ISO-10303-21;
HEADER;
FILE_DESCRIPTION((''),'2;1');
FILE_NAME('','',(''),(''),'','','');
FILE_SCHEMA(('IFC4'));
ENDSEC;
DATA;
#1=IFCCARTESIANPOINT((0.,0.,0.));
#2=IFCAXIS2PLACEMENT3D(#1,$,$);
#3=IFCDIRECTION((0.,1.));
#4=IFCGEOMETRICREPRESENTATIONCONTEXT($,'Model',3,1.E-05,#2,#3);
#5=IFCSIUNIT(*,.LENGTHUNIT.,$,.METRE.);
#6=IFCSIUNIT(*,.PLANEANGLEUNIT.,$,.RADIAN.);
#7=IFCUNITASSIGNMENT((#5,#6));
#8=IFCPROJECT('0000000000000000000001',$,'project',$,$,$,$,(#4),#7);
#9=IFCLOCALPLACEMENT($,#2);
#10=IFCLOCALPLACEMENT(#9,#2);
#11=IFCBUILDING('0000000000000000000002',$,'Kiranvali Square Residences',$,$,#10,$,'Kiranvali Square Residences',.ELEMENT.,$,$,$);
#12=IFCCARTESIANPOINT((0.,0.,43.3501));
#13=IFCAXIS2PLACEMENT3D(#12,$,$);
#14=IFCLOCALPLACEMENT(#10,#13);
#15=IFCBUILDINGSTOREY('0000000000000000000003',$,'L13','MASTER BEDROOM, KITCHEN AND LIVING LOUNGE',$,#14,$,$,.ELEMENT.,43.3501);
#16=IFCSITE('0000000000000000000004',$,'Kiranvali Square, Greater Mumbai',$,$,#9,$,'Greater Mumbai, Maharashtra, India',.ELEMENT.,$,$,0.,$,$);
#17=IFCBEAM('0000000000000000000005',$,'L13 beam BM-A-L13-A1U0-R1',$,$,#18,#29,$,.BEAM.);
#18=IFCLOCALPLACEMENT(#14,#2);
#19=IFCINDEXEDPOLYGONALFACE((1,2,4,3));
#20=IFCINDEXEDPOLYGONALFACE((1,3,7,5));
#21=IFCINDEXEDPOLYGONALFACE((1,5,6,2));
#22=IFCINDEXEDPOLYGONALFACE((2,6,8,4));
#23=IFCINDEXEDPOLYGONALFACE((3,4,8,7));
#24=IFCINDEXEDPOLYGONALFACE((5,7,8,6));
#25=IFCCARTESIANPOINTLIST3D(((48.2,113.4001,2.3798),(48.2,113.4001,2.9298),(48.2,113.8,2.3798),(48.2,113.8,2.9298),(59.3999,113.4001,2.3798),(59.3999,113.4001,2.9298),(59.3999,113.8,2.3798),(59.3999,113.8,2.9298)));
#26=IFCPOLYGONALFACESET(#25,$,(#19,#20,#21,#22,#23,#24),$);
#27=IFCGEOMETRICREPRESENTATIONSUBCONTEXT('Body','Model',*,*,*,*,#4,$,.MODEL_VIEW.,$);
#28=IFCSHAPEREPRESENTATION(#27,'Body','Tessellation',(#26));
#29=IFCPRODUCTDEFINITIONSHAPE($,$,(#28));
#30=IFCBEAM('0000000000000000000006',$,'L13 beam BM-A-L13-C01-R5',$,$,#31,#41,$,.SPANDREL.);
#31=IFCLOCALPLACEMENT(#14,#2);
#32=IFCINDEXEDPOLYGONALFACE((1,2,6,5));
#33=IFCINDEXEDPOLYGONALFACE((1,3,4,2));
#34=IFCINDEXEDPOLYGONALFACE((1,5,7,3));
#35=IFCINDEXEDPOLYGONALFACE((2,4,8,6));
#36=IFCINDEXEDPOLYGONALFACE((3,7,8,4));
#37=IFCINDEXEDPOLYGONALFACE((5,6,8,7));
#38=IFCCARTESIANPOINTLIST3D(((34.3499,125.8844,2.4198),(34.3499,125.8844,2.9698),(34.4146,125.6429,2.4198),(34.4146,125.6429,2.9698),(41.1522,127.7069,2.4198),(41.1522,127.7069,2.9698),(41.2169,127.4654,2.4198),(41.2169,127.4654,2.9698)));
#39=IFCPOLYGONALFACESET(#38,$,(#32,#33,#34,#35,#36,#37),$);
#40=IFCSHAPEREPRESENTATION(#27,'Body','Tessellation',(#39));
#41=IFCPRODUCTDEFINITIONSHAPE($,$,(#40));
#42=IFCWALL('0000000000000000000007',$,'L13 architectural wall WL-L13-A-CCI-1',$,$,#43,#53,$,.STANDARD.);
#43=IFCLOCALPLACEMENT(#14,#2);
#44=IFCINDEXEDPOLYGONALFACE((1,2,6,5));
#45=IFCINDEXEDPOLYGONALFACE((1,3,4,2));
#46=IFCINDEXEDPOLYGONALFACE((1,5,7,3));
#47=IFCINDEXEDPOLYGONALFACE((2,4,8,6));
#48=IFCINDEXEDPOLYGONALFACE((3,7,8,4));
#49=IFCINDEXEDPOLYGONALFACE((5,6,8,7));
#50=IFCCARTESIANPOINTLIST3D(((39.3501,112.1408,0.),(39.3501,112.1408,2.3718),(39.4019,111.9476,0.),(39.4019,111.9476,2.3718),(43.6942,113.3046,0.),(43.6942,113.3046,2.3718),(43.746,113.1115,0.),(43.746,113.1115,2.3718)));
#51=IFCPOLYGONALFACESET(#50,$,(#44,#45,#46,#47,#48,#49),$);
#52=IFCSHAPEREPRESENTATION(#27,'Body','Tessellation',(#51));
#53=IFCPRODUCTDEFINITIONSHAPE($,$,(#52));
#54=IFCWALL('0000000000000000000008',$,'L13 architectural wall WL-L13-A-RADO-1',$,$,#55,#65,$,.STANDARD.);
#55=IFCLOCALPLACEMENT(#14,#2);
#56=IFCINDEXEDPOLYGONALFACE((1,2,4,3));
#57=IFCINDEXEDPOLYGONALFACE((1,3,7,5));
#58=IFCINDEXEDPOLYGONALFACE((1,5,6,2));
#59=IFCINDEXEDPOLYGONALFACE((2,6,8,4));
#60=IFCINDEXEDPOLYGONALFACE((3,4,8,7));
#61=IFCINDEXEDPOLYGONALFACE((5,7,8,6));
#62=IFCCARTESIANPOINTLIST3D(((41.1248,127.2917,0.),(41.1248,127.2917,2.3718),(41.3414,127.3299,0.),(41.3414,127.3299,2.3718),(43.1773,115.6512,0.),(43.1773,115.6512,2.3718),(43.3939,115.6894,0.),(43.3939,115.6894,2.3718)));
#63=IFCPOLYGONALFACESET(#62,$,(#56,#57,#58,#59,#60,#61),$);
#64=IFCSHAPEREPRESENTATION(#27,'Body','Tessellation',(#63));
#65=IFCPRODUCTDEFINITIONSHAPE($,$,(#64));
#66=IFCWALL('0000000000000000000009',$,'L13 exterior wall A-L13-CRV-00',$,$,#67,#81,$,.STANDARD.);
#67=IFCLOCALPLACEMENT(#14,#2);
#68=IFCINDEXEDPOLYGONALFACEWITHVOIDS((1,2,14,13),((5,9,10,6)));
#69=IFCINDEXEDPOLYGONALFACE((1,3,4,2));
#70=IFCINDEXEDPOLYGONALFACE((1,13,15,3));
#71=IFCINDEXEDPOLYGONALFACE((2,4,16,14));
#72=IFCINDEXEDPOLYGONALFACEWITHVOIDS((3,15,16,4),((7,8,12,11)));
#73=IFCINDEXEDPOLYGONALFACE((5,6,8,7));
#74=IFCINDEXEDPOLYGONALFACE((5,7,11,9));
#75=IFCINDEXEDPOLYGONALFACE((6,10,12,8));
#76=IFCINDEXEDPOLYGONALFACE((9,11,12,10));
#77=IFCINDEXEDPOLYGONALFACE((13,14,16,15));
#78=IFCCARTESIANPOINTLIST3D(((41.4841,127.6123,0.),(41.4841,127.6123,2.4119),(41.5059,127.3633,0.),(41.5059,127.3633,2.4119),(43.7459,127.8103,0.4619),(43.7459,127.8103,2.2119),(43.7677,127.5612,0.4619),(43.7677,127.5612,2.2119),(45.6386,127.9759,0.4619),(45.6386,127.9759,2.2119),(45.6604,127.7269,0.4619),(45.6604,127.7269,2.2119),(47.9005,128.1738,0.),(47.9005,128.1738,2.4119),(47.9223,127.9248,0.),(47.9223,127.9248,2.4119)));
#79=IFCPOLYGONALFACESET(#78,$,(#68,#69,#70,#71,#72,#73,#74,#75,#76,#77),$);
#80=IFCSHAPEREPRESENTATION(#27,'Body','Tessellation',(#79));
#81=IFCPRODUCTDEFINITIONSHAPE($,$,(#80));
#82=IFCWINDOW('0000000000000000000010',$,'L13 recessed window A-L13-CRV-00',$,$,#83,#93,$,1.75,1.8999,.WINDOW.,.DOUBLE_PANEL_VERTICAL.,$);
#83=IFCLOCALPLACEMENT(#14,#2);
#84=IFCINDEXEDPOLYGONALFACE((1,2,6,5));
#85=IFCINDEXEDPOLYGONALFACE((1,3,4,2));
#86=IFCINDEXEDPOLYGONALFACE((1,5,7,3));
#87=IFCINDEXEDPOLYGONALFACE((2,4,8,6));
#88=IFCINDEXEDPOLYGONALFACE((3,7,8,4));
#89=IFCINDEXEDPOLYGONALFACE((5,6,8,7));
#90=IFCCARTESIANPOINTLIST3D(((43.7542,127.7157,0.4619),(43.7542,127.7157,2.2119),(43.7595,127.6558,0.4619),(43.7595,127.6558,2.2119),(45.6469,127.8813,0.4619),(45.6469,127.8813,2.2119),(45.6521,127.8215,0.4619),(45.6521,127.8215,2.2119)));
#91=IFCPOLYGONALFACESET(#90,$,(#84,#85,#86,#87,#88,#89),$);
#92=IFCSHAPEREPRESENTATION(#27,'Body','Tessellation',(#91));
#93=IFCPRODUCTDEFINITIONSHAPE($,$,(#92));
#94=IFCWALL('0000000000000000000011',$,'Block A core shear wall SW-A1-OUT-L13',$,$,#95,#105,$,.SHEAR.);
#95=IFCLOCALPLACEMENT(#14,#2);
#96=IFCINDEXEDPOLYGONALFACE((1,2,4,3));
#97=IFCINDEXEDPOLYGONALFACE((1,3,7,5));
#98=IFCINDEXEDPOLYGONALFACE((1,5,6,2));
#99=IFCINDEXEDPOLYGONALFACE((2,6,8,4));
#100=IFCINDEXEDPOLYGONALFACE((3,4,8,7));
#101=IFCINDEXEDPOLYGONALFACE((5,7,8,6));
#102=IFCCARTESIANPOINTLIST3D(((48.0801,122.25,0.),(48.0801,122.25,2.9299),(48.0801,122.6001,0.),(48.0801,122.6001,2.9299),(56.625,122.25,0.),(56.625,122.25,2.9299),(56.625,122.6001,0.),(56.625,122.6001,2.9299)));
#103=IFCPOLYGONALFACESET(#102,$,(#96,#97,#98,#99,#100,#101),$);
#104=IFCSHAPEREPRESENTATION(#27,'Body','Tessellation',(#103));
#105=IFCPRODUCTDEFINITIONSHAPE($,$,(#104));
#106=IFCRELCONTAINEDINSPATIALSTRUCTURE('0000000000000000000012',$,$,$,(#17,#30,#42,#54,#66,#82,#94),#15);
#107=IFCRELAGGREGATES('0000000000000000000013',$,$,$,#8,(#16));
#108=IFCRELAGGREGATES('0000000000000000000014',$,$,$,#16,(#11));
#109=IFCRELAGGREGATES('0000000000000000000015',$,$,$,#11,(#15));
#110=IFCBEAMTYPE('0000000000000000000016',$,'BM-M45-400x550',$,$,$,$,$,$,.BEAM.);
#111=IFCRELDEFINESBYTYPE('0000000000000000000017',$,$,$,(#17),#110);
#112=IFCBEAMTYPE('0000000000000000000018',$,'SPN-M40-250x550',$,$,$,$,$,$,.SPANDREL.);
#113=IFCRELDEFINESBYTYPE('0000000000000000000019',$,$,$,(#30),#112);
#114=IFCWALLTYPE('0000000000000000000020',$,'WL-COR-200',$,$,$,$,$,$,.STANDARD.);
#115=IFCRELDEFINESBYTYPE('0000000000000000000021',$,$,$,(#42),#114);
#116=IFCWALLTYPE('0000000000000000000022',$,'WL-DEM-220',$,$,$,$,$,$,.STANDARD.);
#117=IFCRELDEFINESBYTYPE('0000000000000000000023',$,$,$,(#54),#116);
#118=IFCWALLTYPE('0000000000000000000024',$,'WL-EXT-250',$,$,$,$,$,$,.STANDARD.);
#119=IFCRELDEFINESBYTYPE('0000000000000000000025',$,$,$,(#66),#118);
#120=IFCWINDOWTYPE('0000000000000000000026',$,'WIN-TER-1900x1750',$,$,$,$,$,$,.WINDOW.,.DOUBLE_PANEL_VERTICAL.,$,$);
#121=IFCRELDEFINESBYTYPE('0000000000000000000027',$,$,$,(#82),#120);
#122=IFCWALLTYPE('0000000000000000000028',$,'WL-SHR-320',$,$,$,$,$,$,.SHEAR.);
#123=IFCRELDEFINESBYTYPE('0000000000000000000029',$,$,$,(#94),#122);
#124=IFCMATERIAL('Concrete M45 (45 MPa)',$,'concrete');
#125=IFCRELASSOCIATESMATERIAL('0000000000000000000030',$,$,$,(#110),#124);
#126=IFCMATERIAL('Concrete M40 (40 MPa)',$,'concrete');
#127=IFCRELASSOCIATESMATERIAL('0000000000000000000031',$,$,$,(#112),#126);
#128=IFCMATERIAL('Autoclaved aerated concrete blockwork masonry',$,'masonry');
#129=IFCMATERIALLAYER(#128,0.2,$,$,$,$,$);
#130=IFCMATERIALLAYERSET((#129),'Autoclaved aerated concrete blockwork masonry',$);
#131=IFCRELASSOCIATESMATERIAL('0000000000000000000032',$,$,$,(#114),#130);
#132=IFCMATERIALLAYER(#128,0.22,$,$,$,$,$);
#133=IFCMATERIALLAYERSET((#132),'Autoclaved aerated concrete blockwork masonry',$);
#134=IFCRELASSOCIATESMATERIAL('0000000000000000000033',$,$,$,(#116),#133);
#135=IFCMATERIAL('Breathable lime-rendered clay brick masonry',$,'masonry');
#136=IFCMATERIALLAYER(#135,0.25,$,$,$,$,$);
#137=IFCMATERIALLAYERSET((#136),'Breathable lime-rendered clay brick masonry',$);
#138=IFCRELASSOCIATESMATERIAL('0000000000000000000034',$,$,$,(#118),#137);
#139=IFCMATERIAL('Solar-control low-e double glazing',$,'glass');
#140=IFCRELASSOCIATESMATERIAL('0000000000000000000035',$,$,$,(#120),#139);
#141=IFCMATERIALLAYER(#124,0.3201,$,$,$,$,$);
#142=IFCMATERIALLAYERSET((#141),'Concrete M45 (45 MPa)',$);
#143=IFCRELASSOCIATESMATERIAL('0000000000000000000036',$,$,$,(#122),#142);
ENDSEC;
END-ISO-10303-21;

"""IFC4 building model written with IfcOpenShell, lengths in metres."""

from ifc_helpers import new_model, si_unit, direction, frame, frame_2d, origin, origin_2d, place, context, subcontext, project, spatial, rectangle, extrude, material, layer, layer_set, material_profile, profile_set, type_object, element, fill, save


model = new_model("IFC4")

# Units and contexts
model_context = context("Model", 3, precision=1e-05, world=origin(), true_north=direction((0.0, 1.0)))
body_context = subcontext(model_context, "Body", "Model", "MODEL_VIEW")
ifc_project = project(units=[si_unit("LENGTHUNIT", "METRE"), si_unit("PLANEANGLEUNIT", "RADIAN")], contexts=[model_context])

# Site, building, storey
site_placement = place(None, origin())
site = spatial("IfcSite", under=ifc_project, at=site_placement, Name="Kiranvali Square, Greater Mumbai", LongName="Greater Mumbai, Maharashtra, India", CompositionType="ELEMENT", RefElevation=0.0)
building_placement = place(site_placement, origin())
building = spatial("IfcBuilding", under=site, at=building_placement, Name="Kiranvali Square Residences", LongName="Kiranvali Square Residences", CompositionType="ELEMENT")
storey_placement = place(building_placement, frame((0.0, 0.0, 43.3501)))
storey = spatial("IfcBuildingStorey", under=building, at=storey_placement, Name="L13", Description="MASTER BEDROOM, KITCHEN AND LIVING LOUNGE", CompositionType="ELEMENT", Elevation=43.3501)

# Shared definitions
ifc_material_1 = material(Name="Concrete M40 (40 MPa)", Category="concrete")

# Beams
ifc_material_2 = material(Name="Concrete M45 (45 MPa)", Category="concrete")
ifc_material_profile_1 = material_profile(ifc_material_2, rectangle(XDim=0.3999, YDim=0.55, at=origin_2d()), Name="RC 400x550")
ifc_profile_set_1 = profile_set([ifc_material_profile_1], Name="Concrete M45 (45 MPa)")
beam_type_1 = type_object("IfcBeamType", Name="BM-M45-400x550", PredefinedType="BEAM", material=ifc_profile_set_1)
beam_1_placement = place(storey_placement, frame((48.2, 113.6001, 2.6548), z_axis=(1.0, 0.0, 0.0), x_axis=(0.0, 1.0, 0.0)))
element("IfcBeam", 1, at=beam_1_placement, inside=storey, type_object=beam_type_1, Name="L13 beam BM-A-L13-A1U0-R1", PredefinedType="BEAM", context=body_context, shape_type="SweptSolid", body=[
    extrude(rectangle(XDim=0.3999, YDim=0.55, at=origin_2d()), origin(), (0.0, 0.0, 1.0), 11.2),
])
ifc_material_profile_2 = material_profile(ifc_material_1, rectangle(XDim=0.25, YDim=0.55, at=origin_2d()), Name="RC 250x550")
ifc_profile_set_2 = profile_set([ifc_material_profile_2], Name="Concrete M40 (40 MPa)")
beam_type_2 = type_object("IfcBeamType", Name="SPN-M40-250x550", PredefinedType="SPANDREL", material=ifc_profile_set_2)
beam_2_placement = place(storey_placement, frame((41.1846, 127.5862, 2.6948), z_axis=(-0.965931, -0.2588, 0.0), x_axis=(0.2588, -0.965931, 0.0)))
element("IfcBeam", 2, at=beam_2_placement, inside=storey, type_object=beam_type_2, Name="L13 beam BM-A-L13-C01-R5", PredefinedType="SPANDREL", context=body_context, shape_type="SweptSolid", body=[
    extrude(rectangle(XDim=0.25, YDim=0.55, at=origin_2d()), origin(), (0.0, 0.0, 1.0), 7.0422),
])

# Wall
ifc_material_3 = material(Name="Autoclaved aerated concrete blockwork masonry", Category="masonry")
ifc_layer_1 = layer(ifc_material_3, 0.2)
ifc_layer_set_1 = layer_set([ifc_layer_1], Name="Autoclaved aerated concrete blockwork masonry")
wall_type_1 = type_object("IfcWallType", Name="WL-COR-200", PredefinedType="STANDARD", material=ifc_layer_set_1)
wall_1_placement = place(storey_placement, frame((43.72, 113.208, 0.0), z_axis=(0.0, 0.0, 1.0), x_axis=(-0.965934, -0.258788, 0.0)))
element("IfcWall", 3, at=wall_1_placement, inside=storey, type_object=wall_type_1, Name="L13 architectural wall WL-L13-A-CCI-1", PredefinedType="STANDARD", context=body_context, shape_type="SweptSolid", body=[
    extrude(rectangle(XDim=4.4973, YDim=0.2, at=frame_2d((2.2485, 0.0))), origin(), (0.0, 0.0, 1.0), 2.3718),
])

# Wall
ifc_layer_2 = layer(ifc_material_3, 0.22)
ifc_layer_set_2 = layer_set([ifc_layer_2], Name="Autoclaved aerated concrete blockwork masonry")
wall_type_2 = type_object("IfcWallType", Name="WL-DEM-220", PredefinedType="STANDARD", material=ifc_layer_set_2)
wall_2_placement = place(storey_placement, frame((43.2856, 115.6702, 0.0), z_axis=(0.0, 0.0, 1.0), x_axis=(-0.173646, 0.984808, 0.0)))
element("IfcWall", 4, at=wall_2_placement, inside=storey, type_object=wall_type_2, Name="L13 architectural wall WL-L13-A-RADO-1", PredefinedType="STANDARD", context=body_context, shape_type="SweptSolid", body=[
    extrude(rectangle(XDim=11.8201, YDim=0.22, at=frame_2d((5.9102, 0.0))), origin(), (0.0, 0.0, 1.0), 2.3718),
])

# Wall, opening, window
ifc_material_4 = material(Name="Breathable lime-rendered clay brick masonry", Category="masonry")
ifc_layer_3 = layer(ifc_material_4, 0.25)
ifc_layer_set_3 = layer_set([ifc_layer_3], Name="Breathable lime-rendered clay brick masonry")
wall_type_3 = type_object("IfcWallType", Name="WL-EXT-250", PredefinedType="STANDARD", material=ifc_layer_set_3)
wall_3_placement = place(storey_placement, frame((47.9114, 128.0493, 0.0), z_axis=(0.0, 0.0, 1.0), x_axis=(-0.996193, -0.087179, 0.0)))
wall_3 = element("IfcWall", 5, at=wall_3_placement, inside=storey, type_object=wall_type_3, Name="L13 exterior wall A-L13-CRV-00", PredefinedType="STANDARD", context=body_context, shape_type="SweptSolid", body=[
    extrude(rectangle(XDim=6.4409, YDim=0.25, at=frame_2d((3.2205, 0.0))), origin(), (0.0, 0.0, 1.0), 2.4119),
])
opening_1_placement = place(wall_3_placement, frame((2.2705, 0.0, 0.4619)))
opening_1 = element("IfcOpeningElement", 6, at=opening_1_placement, cuts=wall_3, PredefinedType="OPENING", context=body_context, shape_type="SweptSolid", body=[
    extrude(rectangle(XDim=1.8999, YDim=1.75, at=frame_2d((0.95, 0.875))), frame((0.0, 0.135, 0.0), z_axis=(0.0, -1.0, 0.0), x_axis=(1.0, 0.0, 0.0)), (0.0, 0.0, 1.0), 0.27),
])
ifc_material_5 = material(Name="Solar-control low-e double glazing", Category="glass")
window_type_1 = type_object("IfcWindowType", Name="WIN-TER-1900x1750", PartitioningType="DOUBLE_PANEL_VERTICAL", PredefinedType="WINDOW", material=ifc_material_5)
window_1_placement = place(opening_1_placement, origin())
window_1 = element("IfcWindow", 7, at=window_1_placement, inside=storey, type_object=window_type_1, Name="L13 recessed window A-L13-CRV-00", OverallHeight=1.75, OverallWidth=1.8999, PartitioningType="DOUBLE_PANEL_VERTICAL", PredefinedType="WINDOW", context=body_context, shape_type="SweptSolid", body=[
    extrude(rectangle(XDim=1.8999, YDim=1.75, at=frame_2d((0.95, 0.875))), frame((0.0, 0.03, 0.0), z_axis=(0.0, -1.0, 0.0), x_axis=(1.0, 0.0, 0.0)), (0.0, 0.0, 1.0), 0.0601),
])
fill(opening_1, window_1)

# Wall
ifc_layer_4 = layer(ifc_material_2, 0.3201)
ifc_layer_set_4 = layer_set([ifc_layer_4], Name="Concrete M45 (45 MPa)")
wall_type_4 = type_object("IfcWallType", Name="WL-SHR-320", PredefinedType="SHEAR", material=ifc_layer_set_4)
wall_4_placement = place(storey_placement, frame((48.0801, 122.425, 0.0), z_axis=(0.0, 0.0, 1.0), x_axis=(1.0, 0.0, 0.0)))
element("IfcWall", 8, at=wall_4_placement, inside=storey, type_object=wall_type_4, Name="Block A core shear wall SW-A1-OUT-L13", PredefinedType="SHEAR", context=body_context, shape_type="SweptSolid", body=[
    extrude(rectangle(XDim=8.5449, YDim=0.3501, at=frame_2d((4.2725, 0.0))), origin(), (0.0, 0.0, 1.0), 2.9299),
])

save(model, "model.ifc")
